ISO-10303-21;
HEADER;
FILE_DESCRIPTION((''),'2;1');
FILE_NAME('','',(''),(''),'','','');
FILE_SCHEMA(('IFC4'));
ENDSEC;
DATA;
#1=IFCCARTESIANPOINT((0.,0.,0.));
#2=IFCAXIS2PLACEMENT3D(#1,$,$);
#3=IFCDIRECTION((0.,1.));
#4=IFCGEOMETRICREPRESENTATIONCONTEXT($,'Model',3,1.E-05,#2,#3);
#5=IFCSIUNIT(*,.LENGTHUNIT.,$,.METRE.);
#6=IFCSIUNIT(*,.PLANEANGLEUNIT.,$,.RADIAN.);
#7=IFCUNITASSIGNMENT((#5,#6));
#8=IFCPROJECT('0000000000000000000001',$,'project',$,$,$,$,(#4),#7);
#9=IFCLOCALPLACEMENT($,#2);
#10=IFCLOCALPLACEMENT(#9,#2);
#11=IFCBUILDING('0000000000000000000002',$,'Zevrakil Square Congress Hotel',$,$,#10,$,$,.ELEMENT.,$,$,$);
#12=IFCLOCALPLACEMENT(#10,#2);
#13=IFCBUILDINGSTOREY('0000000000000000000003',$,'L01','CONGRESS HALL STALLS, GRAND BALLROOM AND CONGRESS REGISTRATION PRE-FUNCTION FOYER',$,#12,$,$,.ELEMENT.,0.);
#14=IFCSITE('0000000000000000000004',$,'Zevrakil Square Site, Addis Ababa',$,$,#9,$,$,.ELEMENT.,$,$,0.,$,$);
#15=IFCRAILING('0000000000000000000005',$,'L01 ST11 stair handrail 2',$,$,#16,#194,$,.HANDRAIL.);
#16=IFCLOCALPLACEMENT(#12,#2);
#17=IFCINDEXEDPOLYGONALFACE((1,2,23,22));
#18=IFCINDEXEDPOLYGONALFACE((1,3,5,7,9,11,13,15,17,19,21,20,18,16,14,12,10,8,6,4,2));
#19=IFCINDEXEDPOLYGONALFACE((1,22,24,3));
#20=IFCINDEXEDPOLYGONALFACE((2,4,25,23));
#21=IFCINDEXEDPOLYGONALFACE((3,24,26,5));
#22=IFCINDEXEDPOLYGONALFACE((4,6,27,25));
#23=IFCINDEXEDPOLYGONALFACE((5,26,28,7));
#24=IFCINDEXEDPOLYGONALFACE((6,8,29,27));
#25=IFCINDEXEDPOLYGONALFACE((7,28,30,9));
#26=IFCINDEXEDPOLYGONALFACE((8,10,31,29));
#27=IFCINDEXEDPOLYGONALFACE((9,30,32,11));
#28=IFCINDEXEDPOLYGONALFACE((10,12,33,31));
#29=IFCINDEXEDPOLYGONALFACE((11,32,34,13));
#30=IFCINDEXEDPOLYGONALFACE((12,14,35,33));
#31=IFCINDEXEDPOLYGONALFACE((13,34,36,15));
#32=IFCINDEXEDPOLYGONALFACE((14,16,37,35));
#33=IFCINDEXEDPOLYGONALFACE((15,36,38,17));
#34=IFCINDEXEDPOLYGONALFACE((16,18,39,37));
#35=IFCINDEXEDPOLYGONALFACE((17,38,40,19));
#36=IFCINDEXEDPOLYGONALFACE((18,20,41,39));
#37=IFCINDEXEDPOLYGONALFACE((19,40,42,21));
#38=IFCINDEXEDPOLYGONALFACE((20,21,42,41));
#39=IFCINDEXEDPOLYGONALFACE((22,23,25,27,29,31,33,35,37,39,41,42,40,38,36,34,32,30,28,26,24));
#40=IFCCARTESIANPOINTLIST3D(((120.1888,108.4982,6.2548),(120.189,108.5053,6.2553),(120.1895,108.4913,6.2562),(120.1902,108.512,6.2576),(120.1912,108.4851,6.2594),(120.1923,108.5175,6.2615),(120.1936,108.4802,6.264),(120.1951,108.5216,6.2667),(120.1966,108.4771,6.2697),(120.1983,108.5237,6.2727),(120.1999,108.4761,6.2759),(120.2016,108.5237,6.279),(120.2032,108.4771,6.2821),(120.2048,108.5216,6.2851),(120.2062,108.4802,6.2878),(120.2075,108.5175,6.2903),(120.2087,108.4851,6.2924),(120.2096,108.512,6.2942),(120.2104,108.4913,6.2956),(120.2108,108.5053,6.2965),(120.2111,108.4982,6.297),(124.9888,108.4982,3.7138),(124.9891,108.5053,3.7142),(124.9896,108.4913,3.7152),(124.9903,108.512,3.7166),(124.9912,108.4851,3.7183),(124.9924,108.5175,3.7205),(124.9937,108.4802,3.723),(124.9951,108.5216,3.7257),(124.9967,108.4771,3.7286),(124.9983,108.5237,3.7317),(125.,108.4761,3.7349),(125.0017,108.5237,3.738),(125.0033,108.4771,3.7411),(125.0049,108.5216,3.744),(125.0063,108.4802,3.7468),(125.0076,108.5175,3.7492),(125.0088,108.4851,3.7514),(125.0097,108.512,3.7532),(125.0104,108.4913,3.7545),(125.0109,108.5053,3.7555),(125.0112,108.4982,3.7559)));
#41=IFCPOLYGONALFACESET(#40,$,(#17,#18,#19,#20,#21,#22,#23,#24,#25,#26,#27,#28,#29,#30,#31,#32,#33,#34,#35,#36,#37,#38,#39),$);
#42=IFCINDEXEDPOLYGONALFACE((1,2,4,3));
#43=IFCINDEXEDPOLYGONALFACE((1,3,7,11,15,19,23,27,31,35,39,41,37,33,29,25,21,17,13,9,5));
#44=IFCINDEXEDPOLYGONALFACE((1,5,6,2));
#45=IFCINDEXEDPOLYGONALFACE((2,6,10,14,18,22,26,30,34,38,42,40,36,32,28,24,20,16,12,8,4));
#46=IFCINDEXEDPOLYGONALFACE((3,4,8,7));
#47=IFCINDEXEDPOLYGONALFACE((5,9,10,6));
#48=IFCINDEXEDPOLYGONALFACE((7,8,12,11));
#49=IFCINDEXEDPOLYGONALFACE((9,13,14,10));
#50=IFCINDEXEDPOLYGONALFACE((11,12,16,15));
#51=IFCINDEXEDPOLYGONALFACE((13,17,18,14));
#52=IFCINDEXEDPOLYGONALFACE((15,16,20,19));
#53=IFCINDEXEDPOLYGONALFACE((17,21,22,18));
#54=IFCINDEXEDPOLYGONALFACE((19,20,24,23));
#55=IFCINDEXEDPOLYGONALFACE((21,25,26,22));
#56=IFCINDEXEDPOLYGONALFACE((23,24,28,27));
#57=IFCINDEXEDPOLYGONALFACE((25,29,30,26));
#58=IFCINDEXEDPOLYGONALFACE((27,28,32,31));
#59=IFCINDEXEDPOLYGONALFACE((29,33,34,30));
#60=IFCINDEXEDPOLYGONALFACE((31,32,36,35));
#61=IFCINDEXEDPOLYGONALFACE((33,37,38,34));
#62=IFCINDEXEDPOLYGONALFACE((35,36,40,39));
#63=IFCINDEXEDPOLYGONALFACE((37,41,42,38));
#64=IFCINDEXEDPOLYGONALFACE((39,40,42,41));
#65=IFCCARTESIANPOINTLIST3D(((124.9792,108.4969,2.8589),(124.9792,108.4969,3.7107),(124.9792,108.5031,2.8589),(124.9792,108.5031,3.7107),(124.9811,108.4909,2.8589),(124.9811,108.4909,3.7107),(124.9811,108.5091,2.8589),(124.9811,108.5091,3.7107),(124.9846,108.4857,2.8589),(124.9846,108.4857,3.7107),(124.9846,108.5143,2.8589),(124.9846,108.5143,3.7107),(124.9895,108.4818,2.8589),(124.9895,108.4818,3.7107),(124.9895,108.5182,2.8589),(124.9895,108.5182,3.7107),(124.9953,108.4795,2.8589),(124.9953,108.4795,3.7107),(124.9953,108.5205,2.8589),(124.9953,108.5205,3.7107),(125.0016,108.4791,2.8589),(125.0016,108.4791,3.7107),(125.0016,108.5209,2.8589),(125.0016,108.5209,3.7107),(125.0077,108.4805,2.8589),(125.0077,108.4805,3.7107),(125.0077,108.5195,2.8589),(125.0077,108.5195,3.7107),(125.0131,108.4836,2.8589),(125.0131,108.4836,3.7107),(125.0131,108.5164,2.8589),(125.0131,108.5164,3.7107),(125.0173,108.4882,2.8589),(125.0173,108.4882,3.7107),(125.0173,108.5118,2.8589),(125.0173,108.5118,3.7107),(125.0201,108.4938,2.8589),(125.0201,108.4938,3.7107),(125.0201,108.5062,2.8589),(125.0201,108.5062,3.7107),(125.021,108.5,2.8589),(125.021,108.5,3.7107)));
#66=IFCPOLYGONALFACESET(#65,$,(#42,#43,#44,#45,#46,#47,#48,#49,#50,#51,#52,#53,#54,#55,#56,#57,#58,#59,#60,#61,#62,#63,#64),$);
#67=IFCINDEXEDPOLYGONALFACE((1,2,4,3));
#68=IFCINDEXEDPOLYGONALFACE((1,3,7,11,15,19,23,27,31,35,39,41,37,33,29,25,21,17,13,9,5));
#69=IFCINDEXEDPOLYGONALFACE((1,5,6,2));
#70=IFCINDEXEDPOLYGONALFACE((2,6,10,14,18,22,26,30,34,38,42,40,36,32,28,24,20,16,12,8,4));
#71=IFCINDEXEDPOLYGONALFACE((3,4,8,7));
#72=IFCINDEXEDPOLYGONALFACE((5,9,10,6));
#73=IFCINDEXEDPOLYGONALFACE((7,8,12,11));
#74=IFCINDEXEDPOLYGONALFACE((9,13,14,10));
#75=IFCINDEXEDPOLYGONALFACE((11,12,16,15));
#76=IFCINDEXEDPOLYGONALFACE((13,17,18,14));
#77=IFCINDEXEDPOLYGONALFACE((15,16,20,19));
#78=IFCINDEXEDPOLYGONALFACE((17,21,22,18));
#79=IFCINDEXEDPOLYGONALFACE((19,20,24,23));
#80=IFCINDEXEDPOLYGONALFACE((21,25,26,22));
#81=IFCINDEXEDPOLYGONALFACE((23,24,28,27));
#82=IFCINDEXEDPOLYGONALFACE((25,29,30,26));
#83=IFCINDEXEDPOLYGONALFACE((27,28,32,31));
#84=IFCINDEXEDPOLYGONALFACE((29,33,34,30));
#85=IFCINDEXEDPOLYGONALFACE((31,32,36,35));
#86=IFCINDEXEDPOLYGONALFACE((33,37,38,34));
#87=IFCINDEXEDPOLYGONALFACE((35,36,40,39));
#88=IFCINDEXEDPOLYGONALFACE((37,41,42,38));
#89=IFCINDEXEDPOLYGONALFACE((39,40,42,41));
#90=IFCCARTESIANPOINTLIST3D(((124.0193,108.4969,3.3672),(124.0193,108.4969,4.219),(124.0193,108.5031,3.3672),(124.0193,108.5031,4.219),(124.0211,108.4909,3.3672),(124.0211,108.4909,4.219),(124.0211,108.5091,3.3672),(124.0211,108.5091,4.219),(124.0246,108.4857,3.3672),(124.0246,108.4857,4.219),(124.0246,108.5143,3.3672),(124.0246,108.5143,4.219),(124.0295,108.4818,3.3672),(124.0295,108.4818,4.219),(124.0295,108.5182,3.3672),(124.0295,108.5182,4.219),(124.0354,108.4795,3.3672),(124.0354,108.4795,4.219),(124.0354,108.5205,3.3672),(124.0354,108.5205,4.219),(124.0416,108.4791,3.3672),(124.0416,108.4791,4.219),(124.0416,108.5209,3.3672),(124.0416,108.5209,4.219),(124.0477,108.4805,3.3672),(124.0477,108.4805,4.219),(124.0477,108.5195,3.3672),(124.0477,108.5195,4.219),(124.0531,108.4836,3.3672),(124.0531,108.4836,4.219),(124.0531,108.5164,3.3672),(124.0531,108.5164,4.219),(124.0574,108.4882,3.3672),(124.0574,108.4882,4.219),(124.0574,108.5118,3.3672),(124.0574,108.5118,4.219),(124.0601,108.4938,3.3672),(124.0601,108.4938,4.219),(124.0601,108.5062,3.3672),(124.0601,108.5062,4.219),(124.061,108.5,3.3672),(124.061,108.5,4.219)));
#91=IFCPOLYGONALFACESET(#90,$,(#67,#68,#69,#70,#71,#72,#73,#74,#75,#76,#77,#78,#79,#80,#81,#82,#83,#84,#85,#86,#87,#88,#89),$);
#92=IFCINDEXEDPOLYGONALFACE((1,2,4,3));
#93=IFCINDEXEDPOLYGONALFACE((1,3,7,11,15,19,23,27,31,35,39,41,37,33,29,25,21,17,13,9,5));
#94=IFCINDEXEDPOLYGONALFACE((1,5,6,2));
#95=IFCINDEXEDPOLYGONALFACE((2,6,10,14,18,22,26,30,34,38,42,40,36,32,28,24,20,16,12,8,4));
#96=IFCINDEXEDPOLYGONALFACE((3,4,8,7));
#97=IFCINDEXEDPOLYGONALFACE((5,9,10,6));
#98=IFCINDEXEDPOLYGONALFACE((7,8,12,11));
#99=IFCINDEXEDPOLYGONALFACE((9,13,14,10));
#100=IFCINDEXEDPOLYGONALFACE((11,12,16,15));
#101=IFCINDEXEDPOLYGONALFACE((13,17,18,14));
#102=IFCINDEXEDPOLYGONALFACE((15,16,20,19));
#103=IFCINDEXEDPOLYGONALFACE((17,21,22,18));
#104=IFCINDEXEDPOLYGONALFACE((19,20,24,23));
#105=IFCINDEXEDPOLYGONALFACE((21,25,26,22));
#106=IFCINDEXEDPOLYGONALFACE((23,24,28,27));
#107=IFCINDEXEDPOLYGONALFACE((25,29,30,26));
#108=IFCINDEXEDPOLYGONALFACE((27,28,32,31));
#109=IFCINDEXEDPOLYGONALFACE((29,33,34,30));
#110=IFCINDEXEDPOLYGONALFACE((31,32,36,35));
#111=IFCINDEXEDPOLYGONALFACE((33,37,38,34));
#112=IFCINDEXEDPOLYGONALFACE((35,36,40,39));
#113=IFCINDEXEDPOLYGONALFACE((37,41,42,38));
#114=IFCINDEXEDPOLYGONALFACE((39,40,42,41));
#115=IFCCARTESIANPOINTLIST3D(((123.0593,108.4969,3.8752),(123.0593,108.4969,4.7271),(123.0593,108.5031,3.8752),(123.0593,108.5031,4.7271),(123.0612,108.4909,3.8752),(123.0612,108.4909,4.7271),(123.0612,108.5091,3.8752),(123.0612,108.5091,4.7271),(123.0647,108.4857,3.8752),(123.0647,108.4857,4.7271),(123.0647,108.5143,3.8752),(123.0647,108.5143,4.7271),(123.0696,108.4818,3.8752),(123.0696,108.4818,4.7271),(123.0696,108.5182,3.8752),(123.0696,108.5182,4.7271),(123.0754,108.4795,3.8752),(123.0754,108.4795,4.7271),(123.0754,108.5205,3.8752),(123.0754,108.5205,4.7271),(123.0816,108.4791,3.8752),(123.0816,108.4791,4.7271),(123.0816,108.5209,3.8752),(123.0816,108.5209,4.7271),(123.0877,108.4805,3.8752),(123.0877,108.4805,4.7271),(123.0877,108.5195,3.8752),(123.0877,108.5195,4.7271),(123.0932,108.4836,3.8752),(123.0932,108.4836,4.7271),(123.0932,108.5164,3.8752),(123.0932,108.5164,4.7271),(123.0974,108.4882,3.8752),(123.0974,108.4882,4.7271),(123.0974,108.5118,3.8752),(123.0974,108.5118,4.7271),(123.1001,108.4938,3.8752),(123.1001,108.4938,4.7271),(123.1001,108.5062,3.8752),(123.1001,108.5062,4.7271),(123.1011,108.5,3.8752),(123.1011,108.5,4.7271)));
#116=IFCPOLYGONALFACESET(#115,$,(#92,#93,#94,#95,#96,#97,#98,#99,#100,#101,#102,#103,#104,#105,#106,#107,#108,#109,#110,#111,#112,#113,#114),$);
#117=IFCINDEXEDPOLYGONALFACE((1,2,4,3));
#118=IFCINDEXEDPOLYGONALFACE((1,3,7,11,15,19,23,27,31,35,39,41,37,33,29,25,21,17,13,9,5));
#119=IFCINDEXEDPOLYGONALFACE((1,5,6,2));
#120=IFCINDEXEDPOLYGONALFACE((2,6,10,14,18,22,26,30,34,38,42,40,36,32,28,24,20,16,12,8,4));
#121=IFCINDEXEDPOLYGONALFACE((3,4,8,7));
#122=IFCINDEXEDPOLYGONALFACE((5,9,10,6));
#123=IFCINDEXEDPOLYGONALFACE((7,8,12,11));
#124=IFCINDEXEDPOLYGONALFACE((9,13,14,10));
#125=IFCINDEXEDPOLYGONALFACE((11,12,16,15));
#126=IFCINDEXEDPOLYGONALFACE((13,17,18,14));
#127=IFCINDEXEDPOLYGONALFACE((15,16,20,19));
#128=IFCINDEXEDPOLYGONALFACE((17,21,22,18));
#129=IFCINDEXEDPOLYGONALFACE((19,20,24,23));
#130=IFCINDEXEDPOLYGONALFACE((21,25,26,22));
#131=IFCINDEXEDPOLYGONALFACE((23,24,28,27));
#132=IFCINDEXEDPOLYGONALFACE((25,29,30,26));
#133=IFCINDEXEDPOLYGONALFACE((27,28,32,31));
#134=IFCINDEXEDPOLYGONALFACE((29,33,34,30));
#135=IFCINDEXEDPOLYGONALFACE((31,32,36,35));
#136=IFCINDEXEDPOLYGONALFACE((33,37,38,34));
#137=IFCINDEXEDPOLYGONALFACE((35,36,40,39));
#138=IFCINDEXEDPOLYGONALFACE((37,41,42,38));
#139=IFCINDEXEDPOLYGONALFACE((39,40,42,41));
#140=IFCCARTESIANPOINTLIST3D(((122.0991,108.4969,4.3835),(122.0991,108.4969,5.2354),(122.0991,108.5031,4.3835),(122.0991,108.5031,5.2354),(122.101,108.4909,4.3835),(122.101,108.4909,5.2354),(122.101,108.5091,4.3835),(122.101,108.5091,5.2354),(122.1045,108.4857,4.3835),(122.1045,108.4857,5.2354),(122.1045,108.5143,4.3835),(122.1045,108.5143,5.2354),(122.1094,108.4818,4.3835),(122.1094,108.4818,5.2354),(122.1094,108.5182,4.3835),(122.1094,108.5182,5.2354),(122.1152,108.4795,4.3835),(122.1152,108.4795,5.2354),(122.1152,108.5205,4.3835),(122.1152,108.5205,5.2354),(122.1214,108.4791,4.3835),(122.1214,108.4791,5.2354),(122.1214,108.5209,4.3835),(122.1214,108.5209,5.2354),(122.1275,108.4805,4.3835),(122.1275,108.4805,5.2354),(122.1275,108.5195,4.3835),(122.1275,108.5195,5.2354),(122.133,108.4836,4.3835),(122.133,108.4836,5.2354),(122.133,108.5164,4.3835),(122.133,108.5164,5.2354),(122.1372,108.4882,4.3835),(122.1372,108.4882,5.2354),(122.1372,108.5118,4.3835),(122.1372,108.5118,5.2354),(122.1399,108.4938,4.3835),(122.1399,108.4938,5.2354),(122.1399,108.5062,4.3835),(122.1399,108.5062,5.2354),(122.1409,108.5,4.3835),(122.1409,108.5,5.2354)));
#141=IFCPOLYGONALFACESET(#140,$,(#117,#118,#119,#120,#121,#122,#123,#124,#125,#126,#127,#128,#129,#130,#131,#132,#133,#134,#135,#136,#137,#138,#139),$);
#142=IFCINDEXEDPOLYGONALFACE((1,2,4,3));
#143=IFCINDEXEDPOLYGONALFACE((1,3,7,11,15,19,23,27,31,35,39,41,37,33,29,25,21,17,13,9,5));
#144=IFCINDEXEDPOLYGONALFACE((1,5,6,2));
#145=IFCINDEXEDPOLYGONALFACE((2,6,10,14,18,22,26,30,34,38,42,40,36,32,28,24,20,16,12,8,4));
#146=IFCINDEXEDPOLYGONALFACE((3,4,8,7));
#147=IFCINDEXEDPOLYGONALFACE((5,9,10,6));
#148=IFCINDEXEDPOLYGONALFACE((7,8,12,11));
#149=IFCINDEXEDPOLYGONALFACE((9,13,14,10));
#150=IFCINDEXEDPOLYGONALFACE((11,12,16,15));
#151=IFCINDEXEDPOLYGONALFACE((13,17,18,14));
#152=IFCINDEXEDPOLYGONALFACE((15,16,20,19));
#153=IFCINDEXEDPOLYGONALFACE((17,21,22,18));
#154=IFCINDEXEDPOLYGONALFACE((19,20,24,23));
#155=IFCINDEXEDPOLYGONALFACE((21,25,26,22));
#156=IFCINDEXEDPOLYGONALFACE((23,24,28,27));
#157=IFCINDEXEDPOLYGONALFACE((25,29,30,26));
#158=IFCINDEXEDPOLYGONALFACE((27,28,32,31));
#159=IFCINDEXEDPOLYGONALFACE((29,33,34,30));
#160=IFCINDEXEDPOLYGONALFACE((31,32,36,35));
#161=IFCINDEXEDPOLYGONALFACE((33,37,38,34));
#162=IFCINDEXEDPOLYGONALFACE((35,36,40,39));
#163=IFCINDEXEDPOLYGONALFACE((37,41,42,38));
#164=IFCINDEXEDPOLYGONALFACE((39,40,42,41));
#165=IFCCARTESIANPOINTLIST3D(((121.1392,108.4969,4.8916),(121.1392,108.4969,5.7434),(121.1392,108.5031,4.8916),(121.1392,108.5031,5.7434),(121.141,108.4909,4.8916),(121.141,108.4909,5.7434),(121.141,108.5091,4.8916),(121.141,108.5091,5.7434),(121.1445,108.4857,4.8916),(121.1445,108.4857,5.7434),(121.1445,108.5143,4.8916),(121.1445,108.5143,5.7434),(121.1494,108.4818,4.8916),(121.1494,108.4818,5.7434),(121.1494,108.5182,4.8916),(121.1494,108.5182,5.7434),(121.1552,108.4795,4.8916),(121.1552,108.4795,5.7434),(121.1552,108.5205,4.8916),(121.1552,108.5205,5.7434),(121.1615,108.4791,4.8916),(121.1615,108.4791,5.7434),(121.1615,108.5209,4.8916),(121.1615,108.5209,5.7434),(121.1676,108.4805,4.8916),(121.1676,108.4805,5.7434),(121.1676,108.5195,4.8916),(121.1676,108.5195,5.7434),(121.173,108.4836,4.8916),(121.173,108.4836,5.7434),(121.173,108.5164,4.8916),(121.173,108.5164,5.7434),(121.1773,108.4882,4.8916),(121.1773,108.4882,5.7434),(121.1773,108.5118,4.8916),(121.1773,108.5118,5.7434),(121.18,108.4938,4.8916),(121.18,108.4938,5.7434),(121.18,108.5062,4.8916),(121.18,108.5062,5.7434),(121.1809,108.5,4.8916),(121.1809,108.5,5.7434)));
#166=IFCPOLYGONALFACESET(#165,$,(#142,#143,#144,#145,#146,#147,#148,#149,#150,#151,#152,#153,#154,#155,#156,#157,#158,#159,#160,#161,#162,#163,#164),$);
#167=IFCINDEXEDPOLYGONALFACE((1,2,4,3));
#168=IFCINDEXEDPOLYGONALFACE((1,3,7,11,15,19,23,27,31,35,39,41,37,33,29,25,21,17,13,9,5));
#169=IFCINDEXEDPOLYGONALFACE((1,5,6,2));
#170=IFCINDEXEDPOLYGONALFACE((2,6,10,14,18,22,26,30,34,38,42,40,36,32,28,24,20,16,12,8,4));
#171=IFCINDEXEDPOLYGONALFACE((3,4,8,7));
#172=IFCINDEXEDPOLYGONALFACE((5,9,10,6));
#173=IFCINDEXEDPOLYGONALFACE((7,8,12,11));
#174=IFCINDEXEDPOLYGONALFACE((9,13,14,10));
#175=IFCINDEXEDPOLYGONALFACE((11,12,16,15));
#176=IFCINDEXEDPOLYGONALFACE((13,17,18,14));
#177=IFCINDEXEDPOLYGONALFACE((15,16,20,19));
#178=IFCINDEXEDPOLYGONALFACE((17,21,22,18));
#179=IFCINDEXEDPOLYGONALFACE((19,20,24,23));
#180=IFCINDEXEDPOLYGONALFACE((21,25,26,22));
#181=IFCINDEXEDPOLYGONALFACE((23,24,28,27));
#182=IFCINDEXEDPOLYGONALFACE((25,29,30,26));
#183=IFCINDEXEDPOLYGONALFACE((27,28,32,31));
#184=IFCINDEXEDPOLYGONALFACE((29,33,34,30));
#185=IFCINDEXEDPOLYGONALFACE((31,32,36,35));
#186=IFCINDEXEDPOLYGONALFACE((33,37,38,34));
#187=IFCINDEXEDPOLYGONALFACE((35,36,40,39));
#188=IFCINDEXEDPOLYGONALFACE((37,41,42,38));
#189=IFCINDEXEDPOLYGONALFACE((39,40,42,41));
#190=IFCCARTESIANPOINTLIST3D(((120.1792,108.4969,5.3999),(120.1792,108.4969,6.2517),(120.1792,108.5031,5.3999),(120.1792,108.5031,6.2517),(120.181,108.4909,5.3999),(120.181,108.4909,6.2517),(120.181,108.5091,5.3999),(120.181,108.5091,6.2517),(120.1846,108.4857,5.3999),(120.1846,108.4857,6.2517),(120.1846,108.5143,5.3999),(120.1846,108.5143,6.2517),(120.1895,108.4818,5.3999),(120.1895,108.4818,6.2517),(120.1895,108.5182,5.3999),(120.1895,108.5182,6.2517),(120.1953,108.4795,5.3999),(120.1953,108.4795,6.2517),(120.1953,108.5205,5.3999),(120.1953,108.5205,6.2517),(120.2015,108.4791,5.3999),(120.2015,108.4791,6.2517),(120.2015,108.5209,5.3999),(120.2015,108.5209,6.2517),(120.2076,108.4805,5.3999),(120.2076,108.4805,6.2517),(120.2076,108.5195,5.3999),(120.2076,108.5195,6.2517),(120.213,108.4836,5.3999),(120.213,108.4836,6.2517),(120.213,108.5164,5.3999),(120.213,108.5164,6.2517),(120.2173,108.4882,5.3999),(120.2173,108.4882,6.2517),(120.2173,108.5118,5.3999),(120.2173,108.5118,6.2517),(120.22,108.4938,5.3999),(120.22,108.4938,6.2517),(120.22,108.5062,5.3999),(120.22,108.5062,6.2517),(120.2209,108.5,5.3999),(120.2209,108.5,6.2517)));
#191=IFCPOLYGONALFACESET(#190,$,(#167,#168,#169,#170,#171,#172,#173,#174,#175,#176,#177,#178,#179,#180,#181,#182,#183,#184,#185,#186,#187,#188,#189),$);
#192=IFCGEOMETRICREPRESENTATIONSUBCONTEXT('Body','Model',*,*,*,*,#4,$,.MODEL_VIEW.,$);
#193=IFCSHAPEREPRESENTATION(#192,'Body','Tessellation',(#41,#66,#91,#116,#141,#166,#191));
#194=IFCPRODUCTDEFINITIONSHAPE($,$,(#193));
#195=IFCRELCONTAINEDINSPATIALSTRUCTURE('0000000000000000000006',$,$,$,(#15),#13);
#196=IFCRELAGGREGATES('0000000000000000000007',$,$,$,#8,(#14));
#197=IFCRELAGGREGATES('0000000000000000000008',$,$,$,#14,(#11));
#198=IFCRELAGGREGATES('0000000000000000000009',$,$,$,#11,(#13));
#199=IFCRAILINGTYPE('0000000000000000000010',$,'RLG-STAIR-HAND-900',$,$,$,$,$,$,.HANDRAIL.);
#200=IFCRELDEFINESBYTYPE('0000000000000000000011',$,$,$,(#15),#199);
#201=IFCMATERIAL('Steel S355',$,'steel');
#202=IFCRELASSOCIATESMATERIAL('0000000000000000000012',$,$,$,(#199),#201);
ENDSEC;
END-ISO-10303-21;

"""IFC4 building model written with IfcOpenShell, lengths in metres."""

from ifc_helpers import new_model, si_unit, direction, frame, origin, origin_2d, place, context, subcontext, project, spatial, circle, extrude, material, type_object, element, save


model = new_model("IFC4")

# Units and contexts
model_context = context("Model", 3, precision=1e-05, world=origin(), true_north=direction((0.0, 1.0)))
body_context = subcontext(model_context, "Body", "Model", "MODEL_VIEW")
ifc_project = project(units=[si_unit("LENGTHUNIT", "METRE"), si_unit("PLANEANGLEUNIT", "RADIAN")], contexts=[model_context])

# Site, building, storey
site_placement = place(None, origin())
site = spatial("IfcSite", under=ifc_project, at=site_placement, Name="Zevrakil Square Site, Addis Ababa", CompositionType="ELEMENT", RefElevation=0.0)
building_placement = place(site_placement, origin())
building = spatial("IfcBuilding", under=site, at=building_placement, Name="Zevrakil Square Congress Hotel", CompositionType="ELEMENT")
storey_placement = place(building_placement, origin())
storey = spatial("IfcBuildingStorey", under=building, at=storey_placement, Name="L01", Description="CONGRESS HALL STALLS, GRAND BALLROOM AND CONGRESS REGISTRATION PRE-FUNCTION FOYER", CompositionType="ELEMENT", Elevation=0.0)

# Railing
ifc_material_1 = material(Name="Steel S355", Category="steel")
railing_type_1 = type_object("IfcRailingType", Name="RLG-STAIR-HAND-900", PredefinedType="HANDRAIL", material=ifc_material_1)
railing_1_placement = place(storey_placement, frame((125.0, 108.5, 2.8589)))
element("IfcRailing", 1, at=railing_1_placement, inside=storey, type_object=railing_type_1, Name="L01 ST11 stair handrail 2", PredefinedType="HANDRAIL", context=body_context, shape_type="SweptSolid", body=[
    extrude(circle(Radius=0.0239, at=origin_2d()), frame((0.0, 0.0, 0.876), z_axis=(-0.883802, 0.0, 0.467861), x_axis=(0.0, -1.0, 0.0)), (0.0, 0.0, 1.0), 5.4312),
    extrude(circle(Radius=0.021, at=origin_2d()), origin(), (0.0, 0.0, 1.0), 0.8518),
    extrude(circle(Radius=0.021, at=origin_2d()), frame((-0.96, 0.0, 0.5083)), (0.0, 0.0, 1.0), 0.8518),
    extrude(circle(Radius=0.021, at=origin_2d()), frame((-1.9199, 0.0, 1.0164)), (0.0, 0.0, 1.0), 0.8518),
    extrude(circle(Radius=0.021, at=origin_2d()), frame((-2.8801, 0.0, 1.5247)), (0.0, 0.0, 1.0), 0.8518),
    extrude(circle(Radius=0.021, at=origin_2d()), frame((-3.8401, 0.0, 2.0327)), (0.0, 0.0, 1.0), 0.8518),
    extrude(circle(Radius=0.021, at=origin_2d()), frame((-4.8, 0.0, 2.541)), (0.0, 0.0, 1.0), 0.8518),
])

save(model, "model.ifc")
